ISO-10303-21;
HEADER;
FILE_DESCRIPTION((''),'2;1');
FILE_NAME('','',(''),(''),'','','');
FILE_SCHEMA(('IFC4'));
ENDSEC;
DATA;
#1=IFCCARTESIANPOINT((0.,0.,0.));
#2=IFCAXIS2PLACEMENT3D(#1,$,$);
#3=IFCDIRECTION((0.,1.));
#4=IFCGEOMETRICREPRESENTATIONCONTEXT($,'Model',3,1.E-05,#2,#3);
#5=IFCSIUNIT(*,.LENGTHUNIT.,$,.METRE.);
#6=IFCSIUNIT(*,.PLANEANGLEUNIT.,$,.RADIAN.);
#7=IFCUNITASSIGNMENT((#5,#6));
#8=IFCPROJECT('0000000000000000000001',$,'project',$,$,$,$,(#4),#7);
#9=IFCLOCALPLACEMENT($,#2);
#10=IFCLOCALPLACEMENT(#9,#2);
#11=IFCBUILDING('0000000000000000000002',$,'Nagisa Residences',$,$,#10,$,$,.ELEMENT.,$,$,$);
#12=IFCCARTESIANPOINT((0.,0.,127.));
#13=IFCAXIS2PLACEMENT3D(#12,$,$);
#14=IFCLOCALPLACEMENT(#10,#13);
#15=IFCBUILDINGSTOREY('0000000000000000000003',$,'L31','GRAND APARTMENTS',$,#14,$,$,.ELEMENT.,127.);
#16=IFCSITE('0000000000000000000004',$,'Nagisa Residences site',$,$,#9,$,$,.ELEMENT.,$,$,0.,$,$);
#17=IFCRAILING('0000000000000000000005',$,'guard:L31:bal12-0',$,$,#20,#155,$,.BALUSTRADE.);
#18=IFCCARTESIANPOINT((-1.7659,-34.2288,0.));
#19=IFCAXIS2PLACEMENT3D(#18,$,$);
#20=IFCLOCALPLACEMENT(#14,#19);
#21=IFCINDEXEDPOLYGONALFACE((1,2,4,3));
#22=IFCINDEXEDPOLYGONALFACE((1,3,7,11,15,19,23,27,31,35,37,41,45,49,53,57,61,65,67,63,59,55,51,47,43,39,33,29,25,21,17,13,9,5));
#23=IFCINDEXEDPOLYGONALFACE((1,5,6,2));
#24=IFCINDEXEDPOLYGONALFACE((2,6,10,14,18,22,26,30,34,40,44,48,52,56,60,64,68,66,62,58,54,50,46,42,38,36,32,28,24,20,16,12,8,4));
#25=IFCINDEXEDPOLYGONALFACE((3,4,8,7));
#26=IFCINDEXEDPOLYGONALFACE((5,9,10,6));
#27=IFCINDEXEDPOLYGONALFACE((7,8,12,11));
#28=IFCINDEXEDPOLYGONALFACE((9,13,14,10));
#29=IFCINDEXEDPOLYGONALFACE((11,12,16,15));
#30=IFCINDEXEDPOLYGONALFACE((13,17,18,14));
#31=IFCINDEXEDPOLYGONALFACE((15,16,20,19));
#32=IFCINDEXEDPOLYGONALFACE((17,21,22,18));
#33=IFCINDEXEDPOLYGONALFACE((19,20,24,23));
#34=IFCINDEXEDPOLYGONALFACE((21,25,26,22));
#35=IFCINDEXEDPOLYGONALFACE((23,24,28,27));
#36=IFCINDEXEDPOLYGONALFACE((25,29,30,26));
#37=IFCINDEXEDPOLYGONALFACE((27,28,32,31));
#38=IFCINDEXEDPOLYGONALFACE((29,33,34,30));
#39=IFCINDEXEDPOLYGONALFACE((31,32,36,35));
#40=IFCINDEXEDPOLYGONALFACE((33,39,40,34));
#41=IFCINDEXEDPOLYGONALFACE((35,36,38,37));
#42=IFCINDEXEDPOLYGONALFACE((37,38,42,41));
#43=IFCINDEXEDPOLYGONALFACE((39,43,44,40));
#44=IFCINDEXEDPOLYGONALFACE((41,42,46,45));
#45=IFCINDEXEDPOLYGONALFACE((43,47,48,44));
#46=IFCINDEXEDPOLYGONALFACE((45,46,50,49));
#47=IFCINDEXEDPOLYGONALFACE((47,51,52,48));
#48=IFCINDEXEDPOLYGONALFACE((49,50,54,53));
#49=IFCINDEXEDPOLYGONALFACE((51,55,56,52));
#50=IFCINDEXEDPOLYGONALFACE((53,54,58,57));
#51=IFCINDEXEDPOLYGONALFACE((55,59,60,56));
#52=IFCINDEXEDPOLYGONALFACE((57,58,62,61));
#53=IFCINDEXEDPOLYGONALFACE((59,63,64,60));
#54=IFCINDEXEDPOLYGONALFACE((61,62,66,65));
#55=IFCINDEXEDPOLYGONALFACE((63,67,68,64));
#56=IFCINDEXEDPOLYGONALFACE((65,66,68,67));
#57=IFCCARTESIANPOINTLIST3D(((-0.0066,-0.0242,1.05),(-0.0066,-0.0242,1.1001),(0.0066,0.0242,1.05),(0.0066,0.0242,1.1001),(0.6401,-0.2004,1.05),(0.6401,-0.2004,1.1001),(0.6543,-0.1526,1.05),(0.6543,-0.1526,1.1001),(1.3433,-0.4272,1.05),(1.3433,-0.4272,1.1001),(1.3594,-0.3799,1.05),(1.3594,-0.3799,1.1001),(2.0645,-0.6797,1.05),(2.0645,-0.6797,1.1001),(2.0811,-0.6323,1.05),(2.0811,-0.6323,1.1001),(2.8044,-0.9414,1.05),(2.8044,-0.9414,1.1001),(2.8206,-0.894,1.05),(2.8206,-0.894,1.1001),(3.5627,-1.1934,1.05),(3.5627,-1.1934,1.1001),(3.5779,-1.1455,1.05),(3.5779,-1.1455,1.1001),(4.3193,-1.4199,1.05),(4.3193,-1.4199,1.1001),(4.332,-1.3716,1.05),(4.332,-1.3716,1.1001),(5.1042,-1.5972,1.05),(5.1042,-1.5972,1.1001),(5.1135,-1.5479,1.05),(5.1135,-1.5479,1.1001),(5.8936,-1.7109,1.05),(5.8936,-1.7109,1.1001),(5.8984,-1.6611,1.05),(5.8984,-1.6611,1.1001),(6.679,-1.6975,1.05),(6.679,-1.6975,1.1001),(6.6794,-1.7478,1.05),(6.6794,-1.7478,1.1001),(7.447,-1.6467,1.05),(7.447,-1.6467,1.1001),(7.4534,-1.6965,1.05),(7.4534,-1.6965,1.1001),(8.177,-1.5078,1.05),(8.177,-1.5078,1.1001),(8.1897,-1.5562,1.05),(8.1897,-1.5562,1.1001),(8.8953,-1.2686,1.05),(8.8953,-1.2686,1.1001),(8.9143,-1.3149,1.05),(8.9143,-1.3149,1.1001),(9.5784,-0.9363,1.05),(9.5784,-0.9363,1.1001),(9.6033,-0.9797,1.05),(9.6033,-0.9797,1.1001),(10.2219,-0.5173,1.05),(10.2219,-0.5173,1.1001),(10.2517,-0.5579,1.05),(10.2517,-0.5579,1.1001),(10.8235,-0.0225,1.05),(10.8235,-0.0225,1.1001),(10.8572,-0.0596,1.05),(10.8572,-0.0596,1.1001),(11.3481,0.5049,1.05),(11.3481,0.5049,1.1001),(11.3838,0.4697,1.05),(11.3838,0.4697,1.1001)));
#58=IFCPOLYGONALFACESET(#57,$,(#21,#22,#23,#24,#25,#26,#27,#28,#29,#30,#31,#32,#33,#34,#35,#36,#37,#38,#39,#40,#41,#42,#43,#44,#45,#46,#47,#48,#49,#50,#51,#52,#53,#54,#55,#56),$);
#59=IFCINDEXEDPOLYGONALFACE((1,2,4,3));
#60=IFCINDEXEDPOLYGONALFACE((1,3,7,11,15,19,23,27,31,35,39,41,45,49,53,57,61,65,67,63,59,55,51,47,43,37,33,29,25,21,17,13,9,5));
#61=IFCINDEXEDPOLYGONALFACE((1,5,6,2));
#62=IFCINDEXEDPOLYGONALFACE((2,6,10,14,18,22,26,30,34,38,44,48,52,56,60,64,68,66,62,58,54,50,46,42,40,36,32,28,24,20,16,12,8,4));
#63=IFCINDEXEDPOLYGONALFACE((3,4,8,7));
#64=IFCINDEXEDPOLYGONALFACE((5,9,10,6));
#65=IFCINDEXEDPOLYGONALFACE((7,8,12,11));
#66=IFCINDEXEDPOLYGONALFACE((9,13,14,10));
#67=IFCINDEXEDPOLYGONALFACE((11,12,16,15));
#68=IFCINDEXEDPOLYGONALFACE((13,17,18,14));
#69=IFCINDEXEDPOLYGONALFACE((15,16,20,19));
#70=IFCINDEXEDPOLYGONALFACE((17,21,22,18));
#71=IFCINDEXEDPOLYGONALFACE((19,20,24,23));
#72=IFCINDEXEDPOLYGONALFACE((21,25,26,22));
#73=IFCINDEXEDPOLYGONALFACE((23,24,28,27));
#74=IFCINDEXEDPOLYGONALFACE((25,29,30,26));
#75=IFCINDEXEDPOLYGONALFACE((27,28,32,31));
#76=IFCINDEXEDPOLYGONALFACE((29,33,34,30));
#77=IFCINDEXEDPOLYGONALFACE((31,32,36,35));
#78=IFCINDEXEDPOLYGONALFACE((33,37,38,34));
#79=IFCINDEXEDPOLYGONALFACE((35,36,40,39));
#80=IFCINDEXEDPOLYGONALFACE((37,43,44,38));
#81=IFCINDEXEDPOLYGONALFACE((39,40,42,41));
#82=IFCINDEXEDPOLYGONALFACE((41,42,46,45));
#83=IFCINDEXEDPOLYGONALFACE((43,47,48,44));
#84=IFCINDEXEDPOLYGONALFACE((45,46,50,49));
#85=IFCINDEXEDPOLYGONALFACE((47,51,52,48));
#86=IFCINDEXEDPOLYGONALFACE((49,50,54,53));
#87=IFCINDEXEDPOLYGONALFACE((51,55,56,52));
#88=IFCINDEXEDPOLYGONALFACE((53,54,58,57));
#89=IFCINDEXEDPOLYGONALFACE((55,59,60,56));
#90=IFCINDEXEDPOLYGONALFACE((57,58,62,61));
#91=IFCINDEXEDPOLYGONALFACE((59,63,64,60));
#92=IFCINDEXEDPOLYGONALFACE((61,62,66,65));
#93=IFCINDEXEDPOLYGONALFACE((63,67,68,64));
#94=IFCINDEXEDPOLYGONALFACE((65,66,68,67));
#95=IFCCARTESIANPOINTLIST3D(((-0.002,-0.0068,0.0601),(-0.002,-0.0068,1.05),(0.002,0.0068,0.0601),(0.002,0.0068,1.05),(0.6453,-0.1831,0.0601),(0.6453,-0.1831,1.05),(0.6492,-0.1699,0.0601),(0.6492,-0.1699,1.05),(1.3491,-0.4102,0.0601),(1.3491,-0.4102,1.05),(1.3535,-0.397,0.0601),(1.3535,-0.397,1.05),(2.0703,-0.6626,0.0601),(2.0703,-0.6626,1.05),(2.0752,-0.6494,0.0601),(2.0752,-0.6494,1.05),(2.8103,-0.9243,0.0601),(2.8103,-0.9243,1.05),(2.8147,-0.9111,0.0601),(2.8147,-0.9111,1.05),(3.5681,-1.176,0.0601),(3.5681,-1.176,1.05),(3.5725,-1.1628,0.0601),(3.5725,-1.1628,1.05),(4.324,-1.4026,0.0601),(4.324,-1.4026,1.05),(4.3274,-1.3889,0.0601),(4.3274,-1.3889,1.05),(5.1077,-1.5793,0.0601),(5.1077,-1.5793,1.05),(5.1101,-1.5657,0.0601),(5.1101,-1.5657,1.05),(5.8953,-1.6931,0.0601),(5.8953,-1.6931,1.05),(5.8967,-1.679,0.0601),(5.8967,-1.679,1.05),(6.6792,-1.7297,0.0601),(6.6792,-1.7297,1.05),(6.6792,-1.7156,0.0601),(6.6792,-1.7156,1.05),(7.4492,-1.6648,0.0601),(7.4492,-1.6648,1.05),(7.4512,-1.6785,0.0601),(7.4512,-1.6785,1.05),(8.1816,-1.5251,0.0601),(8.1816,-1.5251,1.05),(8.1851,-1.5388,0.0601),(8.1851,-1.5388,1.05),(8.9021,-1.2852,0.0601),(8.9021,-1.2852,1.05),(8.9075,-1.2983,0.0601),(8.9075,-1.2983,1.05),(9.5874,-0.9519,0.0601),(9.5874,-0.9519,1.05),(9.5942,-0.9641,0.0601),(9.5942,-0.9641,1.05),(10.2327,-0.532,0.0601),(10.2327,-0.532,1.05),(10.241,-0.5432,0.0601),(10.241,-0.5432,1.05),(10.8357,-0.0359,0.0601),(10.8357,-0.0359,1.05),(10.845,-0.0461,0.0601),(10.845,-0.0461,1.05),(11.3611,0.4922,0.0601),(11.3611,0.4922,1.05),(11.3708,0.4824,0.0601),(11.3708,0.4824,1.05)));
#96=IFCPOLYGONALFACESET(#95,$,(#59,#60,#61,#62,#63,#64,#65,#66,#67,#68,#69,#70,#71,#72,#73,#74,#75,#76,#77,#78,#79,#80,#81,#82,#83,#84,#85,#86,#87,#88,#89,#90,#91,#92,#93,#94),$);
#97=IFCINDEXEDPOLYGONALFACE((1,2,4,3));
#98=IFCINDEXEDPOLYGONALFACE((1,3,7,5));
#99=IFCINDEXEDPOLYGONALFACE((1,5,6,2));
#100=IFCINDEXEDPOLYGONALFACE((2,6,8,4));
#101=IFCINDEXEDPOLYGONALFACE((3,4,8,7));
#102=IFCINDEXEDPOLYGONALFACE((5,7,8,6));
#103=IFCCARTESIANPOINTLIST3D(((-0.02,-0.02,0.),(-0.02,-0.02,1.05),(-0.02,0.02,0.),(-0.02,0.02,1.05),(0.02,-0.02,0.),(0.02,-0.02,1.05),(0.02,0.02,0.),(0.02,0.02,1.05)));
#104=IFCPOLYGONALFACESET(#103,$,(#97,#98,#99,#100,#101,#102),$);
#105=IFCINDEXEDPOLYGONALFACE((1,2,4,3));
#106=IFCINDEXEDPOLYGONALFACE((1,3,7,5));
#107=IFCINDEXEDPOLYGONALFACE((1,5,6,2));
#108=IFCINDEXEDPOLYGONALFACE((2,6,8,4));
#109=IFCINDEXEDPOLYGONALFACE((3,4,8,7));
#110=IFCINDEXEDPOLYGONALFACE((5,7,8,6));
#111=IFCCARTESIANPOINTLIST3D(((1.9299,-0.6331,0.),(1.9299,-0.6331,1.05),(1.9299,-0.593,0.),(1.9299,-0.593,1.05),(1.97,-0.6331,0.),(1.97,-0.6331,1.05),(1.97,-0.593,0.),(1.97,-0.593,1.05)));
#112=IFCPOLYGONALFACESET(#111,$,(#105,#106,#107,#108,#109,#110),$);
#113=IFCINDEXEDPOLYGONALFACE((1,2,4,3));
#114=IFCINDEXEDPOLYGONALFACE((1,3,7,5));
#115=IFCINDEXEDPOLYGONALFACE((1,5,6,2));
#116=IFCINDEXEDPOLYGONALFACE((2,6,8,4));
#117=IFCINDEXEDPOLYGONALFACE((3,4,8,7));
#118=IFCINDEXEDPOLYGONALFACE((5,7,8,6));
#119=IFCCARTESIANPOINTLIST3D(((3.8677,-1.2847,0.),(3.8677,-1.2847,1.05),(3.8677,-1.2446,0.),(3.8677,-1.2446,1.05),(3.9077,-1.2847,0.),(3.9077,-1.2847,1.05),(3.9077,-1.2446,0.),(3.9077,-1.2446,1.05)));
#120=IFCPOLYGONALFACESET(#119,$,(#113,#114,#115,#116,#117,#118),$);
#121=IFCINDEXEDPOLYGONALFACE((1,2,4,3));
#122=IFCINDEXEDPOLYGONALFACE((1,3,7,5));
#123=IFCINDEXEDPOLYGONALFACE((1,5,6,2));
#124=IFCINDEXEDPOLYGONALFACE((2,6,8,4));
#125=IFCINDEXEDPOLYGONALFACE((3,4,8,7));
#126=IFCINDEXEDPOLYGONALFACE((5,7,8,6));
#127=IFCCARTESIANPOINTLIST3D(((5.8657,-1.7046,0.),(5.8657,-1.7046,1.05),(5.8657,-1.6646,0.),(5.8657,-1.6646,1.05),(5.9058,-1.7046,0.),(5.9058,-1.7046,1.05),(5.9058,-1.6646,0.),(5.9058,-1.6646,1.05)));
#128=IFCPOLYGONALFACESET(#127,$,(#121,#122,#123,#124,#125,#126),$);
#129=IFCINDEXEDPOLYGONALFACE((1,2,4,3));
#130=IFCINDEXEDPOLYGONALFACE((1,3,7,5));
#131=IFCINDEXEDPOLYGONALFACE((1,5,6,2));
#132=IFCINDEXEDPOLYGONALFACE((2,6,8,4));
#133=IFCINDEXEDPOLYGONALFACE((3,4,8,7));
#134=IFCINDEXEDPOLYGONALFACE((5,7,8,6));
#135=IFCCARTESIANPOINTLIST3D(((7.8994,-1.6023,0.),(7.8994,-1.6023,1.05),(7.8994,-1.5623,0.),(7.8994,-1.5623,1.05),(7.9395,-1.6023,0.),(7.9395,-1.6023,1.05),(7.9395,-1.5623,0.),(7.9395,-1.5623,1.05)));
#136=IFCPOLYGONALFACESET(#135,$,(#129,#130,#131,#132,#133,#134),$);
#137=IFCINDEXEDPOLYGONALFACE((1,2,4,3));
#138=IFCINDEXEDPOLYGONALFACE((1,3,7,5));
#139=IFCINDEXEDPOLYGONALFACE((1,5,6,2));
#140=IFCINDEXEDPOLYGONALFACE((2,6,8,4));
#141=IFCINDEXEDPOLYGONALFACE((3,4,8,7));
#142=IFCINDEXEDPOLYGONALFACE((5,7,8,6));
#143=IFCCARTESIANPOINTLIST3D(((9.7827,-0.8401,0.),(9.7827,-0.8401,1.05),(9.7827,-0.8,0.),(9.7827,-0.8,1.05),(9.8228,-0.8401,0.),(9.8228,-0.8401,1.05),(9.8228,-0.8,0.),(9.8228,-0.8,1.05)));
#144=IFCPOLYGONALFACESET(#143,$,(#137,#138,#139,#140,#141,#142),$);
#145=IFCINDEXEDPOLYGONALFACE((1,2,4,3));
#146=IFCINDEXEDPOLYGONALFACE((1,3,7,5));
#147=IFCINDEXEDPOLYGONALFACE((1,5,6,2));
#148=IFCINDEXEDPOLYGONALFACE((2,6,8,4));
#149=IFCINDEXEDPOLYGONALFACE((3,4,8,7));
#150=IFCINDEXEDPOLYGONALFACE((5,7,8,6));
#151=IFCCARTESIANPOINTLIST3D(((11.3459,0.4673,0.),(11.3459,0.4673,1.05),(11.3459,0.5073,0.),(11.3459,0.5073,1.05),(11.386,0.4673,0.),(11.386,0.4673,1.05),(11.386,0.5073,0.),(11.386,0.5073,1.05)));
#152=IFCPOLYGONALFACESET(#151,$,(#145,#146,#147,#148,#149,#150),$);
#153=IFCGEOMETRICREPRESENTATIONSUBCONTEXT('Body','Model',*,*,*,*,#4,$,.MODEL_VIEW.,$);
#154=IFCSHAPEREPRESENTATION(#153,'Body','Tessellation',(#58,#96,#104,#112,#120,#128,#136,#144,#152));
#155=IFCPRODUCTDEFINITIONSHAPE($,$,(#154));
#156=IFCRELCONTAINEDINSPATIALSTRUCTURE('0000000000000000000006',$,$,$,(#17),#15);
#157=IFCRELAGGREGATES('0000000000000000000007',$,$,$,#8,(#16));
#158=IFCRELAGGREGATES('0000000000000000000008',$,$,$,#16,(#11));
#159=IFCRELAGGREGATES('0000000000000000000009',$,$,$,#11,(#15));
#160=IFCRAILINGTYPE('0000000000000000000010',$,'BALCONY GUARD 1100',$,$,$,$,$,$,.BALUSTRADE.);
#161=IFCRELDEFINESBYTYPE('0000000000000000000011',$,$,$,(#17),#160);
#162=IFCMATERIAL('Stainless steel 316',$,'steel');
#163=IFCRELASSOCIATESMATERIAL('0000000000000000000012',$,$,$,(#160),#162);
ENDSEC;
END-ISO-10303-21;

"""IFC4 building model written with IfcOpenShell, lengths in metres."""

from ifc_helpers import new_model, si_unit, direction, frame, origin, origin_2d, place, context, subcontext, project, spatial, polyline, rectangle, outline, extrude, material, type_object, element, save


model = new_model("IFC4")

# Units and contexts
model_context = context("Model", 3, precision=1e-05, world=origin(), true_north=direction((0.0, 1.0)))
body_context = subcontext(model_context, "Body", "Model", "MODEL_VIEW")
ifc_project = project(units=[si_unit("LENGTHUNIT", "METRE"), si_unit("PLANEANGLEUNIT", "RADIAN")], contexts=[model_context])

# Site, building, storey
site_placement = place(None, origin())
site = spatial("IfcSite", under=ifc_project, at=site_placement, Name="Nagisa Residences site", CompositionType="ELEMENT", RefElevation=0.0)
building_placement = place(site_placement, origin())
building = spatial("IfcBuilding", under=site, at=building_placement, Name="Nagisa Residences", CompositionType="ELEMENT")
storey_placement = place(building_placement, frame((0.0, 0.0, 127.0)))
storey = spatial("IfcBuildingStorey", under=building, at=storey_placement, Name="L31", Description="GRAND APARTMENTS", CompositionType="ELEMENT", Elevation=127.0)

# Railing
ifc_material_1 = material(Name="Stainless steel 316", Category="steel")
railing_type = type_object("IfcRailingType", Name="BALCONY GUARD 1100", PredefinedType="BALUSTRADE", material=ifc_material_1)
railing_placement = place(storey_placement, frame((-1.7659, -34.2288, 0.0)))
element("IfcRailing", 1, at=railing_placement, inside=storey, type_object=railing_type, Name="guard:L31:bal12-0", PredefinedType="BALUSTRADE", context=body_context, shape_type="SweptSolid", body=[
    extrude(outline(polyline([(0.6543, -0.1526), (0.0066, 0.0242), (-0.0066, -0.0242), (0.6401, -0.2004), (1.3433, -0.4272), (2.0645, -0.6797), (2.8044, -0.9414), (3.5627, -1.1934), (4.3193, -1.4199), (5.1042, -1.5972), (5.8936, -1.7109), (6.6794, -1.7478), (7.4534, -1.6965), (8.1897, -1.5562), (8.9143, -1.3149), (9.6033, -0.9797), (10.2517, -0.5579), (10.8572, -0.0596), (11.3838, 0.4697), (11.3481, 0.5049), (10.8235, -0.0225), (10.2219, -0.5173), (9.5784, -0.9363), (8.8953, -1.2686), (8.177, -1.5078), (7.447, -1.6467), (6.679, -1.6975), (5.8984, -1.6611), (5.1135, -1.5479), (4.332, -1.3716), (3.5779, -1.1455), (2.8206, -0.894), (2.0811, -0.6323), (1.3594, -0.3799), (0.6543, -0.1526)])), frame((0.0, 0.0, 1.05)), (0.0, 0.0, 1.0), 0.05),
    extrude(outline(polyline([(0.6492, -0.1699), (0.002, 0.0068), (-0.002, -0.0068), (0.6453, -0.1831), (1.3491, -0.4102), (2.0703, -0.6626), (2.8103, -0.9243), (3.5681, -1.176), (4.324, -1.4026), (5.1077, -1.5793), (5.8953, -1.6931), (6.6792, -1.7297), (7.4512, -1.6785), (8.1851, -1.5388), (8.9075, -1.2983), (9.5942, -0.9641), (10.241, -0.5432), (10.845, -0.0461), (11.3708, 0.4824), (11.3611, 0.4922), (10.8357, -0.0359), (10.2327, -0.532), (9.5874, -0.9519), (8.9021, -1.2852), (8.1816, -1.5251), (7.4492, -1.6648), (6.6792, -1.7156), (5.8967, -1.679), (5.1101, -1.5657), (4.3274, -1.3889), (3.5725, -1.1628), (2.8147, -0.9111), (2.0752, -0.6494), (1.3535, -0.397), (0.6492, -0.1699)])), frame((0.0, 0.0, 0.0601)), (0.0, 0.0, 1.0), 0.99),
    extrude(rectangle(XDim=0.04, YDim=0.04, at=origin_2d()), origin(), (0.0, 0.0, 1.0), 1.05),
    extrude(rectangle(XDim=0.04, YDim=0.04, at=origin_2d()), frame((1.95, -0.613, 0.0)), (0.0, 0.0, 1.0), 1.05),
    extrude(rectangle(XDim=0.04, YDim=0.04, at=origin_2d()), frame((3.8877, -1.2646, 0.0)), (0.0, 0.0, 1.0), 1.05),
    extrude(rectangle(XDim=0.04, YDim=0.04, at=origin_2d()), frame((5.8857, -1.6846, 0.0)), (0.0, 0.0, 1.0), 1.05),
    extrude(rectangle(XDim=0.04, YDim=0.04, at=origin_2d()), frame((7.9194, -1.5823, 0.0)), (0.0, 0.0, 1.0), 1.05),
    extrude(rectangle(XDim=0.04, YDim=0.04, at=origin_2d()), frame((9.8027, -0.8201, 0.0)), (0.0, 0.0, 1.0), 1.05),
    extrude(rectangle(XDim=0.04, YDim=0.04, at=origin_2d()), frame((11.366, 0.4873, 0.0)), (0.0, 0.0, 1.0), 1.05),
])

save(model, "model.ifc")
